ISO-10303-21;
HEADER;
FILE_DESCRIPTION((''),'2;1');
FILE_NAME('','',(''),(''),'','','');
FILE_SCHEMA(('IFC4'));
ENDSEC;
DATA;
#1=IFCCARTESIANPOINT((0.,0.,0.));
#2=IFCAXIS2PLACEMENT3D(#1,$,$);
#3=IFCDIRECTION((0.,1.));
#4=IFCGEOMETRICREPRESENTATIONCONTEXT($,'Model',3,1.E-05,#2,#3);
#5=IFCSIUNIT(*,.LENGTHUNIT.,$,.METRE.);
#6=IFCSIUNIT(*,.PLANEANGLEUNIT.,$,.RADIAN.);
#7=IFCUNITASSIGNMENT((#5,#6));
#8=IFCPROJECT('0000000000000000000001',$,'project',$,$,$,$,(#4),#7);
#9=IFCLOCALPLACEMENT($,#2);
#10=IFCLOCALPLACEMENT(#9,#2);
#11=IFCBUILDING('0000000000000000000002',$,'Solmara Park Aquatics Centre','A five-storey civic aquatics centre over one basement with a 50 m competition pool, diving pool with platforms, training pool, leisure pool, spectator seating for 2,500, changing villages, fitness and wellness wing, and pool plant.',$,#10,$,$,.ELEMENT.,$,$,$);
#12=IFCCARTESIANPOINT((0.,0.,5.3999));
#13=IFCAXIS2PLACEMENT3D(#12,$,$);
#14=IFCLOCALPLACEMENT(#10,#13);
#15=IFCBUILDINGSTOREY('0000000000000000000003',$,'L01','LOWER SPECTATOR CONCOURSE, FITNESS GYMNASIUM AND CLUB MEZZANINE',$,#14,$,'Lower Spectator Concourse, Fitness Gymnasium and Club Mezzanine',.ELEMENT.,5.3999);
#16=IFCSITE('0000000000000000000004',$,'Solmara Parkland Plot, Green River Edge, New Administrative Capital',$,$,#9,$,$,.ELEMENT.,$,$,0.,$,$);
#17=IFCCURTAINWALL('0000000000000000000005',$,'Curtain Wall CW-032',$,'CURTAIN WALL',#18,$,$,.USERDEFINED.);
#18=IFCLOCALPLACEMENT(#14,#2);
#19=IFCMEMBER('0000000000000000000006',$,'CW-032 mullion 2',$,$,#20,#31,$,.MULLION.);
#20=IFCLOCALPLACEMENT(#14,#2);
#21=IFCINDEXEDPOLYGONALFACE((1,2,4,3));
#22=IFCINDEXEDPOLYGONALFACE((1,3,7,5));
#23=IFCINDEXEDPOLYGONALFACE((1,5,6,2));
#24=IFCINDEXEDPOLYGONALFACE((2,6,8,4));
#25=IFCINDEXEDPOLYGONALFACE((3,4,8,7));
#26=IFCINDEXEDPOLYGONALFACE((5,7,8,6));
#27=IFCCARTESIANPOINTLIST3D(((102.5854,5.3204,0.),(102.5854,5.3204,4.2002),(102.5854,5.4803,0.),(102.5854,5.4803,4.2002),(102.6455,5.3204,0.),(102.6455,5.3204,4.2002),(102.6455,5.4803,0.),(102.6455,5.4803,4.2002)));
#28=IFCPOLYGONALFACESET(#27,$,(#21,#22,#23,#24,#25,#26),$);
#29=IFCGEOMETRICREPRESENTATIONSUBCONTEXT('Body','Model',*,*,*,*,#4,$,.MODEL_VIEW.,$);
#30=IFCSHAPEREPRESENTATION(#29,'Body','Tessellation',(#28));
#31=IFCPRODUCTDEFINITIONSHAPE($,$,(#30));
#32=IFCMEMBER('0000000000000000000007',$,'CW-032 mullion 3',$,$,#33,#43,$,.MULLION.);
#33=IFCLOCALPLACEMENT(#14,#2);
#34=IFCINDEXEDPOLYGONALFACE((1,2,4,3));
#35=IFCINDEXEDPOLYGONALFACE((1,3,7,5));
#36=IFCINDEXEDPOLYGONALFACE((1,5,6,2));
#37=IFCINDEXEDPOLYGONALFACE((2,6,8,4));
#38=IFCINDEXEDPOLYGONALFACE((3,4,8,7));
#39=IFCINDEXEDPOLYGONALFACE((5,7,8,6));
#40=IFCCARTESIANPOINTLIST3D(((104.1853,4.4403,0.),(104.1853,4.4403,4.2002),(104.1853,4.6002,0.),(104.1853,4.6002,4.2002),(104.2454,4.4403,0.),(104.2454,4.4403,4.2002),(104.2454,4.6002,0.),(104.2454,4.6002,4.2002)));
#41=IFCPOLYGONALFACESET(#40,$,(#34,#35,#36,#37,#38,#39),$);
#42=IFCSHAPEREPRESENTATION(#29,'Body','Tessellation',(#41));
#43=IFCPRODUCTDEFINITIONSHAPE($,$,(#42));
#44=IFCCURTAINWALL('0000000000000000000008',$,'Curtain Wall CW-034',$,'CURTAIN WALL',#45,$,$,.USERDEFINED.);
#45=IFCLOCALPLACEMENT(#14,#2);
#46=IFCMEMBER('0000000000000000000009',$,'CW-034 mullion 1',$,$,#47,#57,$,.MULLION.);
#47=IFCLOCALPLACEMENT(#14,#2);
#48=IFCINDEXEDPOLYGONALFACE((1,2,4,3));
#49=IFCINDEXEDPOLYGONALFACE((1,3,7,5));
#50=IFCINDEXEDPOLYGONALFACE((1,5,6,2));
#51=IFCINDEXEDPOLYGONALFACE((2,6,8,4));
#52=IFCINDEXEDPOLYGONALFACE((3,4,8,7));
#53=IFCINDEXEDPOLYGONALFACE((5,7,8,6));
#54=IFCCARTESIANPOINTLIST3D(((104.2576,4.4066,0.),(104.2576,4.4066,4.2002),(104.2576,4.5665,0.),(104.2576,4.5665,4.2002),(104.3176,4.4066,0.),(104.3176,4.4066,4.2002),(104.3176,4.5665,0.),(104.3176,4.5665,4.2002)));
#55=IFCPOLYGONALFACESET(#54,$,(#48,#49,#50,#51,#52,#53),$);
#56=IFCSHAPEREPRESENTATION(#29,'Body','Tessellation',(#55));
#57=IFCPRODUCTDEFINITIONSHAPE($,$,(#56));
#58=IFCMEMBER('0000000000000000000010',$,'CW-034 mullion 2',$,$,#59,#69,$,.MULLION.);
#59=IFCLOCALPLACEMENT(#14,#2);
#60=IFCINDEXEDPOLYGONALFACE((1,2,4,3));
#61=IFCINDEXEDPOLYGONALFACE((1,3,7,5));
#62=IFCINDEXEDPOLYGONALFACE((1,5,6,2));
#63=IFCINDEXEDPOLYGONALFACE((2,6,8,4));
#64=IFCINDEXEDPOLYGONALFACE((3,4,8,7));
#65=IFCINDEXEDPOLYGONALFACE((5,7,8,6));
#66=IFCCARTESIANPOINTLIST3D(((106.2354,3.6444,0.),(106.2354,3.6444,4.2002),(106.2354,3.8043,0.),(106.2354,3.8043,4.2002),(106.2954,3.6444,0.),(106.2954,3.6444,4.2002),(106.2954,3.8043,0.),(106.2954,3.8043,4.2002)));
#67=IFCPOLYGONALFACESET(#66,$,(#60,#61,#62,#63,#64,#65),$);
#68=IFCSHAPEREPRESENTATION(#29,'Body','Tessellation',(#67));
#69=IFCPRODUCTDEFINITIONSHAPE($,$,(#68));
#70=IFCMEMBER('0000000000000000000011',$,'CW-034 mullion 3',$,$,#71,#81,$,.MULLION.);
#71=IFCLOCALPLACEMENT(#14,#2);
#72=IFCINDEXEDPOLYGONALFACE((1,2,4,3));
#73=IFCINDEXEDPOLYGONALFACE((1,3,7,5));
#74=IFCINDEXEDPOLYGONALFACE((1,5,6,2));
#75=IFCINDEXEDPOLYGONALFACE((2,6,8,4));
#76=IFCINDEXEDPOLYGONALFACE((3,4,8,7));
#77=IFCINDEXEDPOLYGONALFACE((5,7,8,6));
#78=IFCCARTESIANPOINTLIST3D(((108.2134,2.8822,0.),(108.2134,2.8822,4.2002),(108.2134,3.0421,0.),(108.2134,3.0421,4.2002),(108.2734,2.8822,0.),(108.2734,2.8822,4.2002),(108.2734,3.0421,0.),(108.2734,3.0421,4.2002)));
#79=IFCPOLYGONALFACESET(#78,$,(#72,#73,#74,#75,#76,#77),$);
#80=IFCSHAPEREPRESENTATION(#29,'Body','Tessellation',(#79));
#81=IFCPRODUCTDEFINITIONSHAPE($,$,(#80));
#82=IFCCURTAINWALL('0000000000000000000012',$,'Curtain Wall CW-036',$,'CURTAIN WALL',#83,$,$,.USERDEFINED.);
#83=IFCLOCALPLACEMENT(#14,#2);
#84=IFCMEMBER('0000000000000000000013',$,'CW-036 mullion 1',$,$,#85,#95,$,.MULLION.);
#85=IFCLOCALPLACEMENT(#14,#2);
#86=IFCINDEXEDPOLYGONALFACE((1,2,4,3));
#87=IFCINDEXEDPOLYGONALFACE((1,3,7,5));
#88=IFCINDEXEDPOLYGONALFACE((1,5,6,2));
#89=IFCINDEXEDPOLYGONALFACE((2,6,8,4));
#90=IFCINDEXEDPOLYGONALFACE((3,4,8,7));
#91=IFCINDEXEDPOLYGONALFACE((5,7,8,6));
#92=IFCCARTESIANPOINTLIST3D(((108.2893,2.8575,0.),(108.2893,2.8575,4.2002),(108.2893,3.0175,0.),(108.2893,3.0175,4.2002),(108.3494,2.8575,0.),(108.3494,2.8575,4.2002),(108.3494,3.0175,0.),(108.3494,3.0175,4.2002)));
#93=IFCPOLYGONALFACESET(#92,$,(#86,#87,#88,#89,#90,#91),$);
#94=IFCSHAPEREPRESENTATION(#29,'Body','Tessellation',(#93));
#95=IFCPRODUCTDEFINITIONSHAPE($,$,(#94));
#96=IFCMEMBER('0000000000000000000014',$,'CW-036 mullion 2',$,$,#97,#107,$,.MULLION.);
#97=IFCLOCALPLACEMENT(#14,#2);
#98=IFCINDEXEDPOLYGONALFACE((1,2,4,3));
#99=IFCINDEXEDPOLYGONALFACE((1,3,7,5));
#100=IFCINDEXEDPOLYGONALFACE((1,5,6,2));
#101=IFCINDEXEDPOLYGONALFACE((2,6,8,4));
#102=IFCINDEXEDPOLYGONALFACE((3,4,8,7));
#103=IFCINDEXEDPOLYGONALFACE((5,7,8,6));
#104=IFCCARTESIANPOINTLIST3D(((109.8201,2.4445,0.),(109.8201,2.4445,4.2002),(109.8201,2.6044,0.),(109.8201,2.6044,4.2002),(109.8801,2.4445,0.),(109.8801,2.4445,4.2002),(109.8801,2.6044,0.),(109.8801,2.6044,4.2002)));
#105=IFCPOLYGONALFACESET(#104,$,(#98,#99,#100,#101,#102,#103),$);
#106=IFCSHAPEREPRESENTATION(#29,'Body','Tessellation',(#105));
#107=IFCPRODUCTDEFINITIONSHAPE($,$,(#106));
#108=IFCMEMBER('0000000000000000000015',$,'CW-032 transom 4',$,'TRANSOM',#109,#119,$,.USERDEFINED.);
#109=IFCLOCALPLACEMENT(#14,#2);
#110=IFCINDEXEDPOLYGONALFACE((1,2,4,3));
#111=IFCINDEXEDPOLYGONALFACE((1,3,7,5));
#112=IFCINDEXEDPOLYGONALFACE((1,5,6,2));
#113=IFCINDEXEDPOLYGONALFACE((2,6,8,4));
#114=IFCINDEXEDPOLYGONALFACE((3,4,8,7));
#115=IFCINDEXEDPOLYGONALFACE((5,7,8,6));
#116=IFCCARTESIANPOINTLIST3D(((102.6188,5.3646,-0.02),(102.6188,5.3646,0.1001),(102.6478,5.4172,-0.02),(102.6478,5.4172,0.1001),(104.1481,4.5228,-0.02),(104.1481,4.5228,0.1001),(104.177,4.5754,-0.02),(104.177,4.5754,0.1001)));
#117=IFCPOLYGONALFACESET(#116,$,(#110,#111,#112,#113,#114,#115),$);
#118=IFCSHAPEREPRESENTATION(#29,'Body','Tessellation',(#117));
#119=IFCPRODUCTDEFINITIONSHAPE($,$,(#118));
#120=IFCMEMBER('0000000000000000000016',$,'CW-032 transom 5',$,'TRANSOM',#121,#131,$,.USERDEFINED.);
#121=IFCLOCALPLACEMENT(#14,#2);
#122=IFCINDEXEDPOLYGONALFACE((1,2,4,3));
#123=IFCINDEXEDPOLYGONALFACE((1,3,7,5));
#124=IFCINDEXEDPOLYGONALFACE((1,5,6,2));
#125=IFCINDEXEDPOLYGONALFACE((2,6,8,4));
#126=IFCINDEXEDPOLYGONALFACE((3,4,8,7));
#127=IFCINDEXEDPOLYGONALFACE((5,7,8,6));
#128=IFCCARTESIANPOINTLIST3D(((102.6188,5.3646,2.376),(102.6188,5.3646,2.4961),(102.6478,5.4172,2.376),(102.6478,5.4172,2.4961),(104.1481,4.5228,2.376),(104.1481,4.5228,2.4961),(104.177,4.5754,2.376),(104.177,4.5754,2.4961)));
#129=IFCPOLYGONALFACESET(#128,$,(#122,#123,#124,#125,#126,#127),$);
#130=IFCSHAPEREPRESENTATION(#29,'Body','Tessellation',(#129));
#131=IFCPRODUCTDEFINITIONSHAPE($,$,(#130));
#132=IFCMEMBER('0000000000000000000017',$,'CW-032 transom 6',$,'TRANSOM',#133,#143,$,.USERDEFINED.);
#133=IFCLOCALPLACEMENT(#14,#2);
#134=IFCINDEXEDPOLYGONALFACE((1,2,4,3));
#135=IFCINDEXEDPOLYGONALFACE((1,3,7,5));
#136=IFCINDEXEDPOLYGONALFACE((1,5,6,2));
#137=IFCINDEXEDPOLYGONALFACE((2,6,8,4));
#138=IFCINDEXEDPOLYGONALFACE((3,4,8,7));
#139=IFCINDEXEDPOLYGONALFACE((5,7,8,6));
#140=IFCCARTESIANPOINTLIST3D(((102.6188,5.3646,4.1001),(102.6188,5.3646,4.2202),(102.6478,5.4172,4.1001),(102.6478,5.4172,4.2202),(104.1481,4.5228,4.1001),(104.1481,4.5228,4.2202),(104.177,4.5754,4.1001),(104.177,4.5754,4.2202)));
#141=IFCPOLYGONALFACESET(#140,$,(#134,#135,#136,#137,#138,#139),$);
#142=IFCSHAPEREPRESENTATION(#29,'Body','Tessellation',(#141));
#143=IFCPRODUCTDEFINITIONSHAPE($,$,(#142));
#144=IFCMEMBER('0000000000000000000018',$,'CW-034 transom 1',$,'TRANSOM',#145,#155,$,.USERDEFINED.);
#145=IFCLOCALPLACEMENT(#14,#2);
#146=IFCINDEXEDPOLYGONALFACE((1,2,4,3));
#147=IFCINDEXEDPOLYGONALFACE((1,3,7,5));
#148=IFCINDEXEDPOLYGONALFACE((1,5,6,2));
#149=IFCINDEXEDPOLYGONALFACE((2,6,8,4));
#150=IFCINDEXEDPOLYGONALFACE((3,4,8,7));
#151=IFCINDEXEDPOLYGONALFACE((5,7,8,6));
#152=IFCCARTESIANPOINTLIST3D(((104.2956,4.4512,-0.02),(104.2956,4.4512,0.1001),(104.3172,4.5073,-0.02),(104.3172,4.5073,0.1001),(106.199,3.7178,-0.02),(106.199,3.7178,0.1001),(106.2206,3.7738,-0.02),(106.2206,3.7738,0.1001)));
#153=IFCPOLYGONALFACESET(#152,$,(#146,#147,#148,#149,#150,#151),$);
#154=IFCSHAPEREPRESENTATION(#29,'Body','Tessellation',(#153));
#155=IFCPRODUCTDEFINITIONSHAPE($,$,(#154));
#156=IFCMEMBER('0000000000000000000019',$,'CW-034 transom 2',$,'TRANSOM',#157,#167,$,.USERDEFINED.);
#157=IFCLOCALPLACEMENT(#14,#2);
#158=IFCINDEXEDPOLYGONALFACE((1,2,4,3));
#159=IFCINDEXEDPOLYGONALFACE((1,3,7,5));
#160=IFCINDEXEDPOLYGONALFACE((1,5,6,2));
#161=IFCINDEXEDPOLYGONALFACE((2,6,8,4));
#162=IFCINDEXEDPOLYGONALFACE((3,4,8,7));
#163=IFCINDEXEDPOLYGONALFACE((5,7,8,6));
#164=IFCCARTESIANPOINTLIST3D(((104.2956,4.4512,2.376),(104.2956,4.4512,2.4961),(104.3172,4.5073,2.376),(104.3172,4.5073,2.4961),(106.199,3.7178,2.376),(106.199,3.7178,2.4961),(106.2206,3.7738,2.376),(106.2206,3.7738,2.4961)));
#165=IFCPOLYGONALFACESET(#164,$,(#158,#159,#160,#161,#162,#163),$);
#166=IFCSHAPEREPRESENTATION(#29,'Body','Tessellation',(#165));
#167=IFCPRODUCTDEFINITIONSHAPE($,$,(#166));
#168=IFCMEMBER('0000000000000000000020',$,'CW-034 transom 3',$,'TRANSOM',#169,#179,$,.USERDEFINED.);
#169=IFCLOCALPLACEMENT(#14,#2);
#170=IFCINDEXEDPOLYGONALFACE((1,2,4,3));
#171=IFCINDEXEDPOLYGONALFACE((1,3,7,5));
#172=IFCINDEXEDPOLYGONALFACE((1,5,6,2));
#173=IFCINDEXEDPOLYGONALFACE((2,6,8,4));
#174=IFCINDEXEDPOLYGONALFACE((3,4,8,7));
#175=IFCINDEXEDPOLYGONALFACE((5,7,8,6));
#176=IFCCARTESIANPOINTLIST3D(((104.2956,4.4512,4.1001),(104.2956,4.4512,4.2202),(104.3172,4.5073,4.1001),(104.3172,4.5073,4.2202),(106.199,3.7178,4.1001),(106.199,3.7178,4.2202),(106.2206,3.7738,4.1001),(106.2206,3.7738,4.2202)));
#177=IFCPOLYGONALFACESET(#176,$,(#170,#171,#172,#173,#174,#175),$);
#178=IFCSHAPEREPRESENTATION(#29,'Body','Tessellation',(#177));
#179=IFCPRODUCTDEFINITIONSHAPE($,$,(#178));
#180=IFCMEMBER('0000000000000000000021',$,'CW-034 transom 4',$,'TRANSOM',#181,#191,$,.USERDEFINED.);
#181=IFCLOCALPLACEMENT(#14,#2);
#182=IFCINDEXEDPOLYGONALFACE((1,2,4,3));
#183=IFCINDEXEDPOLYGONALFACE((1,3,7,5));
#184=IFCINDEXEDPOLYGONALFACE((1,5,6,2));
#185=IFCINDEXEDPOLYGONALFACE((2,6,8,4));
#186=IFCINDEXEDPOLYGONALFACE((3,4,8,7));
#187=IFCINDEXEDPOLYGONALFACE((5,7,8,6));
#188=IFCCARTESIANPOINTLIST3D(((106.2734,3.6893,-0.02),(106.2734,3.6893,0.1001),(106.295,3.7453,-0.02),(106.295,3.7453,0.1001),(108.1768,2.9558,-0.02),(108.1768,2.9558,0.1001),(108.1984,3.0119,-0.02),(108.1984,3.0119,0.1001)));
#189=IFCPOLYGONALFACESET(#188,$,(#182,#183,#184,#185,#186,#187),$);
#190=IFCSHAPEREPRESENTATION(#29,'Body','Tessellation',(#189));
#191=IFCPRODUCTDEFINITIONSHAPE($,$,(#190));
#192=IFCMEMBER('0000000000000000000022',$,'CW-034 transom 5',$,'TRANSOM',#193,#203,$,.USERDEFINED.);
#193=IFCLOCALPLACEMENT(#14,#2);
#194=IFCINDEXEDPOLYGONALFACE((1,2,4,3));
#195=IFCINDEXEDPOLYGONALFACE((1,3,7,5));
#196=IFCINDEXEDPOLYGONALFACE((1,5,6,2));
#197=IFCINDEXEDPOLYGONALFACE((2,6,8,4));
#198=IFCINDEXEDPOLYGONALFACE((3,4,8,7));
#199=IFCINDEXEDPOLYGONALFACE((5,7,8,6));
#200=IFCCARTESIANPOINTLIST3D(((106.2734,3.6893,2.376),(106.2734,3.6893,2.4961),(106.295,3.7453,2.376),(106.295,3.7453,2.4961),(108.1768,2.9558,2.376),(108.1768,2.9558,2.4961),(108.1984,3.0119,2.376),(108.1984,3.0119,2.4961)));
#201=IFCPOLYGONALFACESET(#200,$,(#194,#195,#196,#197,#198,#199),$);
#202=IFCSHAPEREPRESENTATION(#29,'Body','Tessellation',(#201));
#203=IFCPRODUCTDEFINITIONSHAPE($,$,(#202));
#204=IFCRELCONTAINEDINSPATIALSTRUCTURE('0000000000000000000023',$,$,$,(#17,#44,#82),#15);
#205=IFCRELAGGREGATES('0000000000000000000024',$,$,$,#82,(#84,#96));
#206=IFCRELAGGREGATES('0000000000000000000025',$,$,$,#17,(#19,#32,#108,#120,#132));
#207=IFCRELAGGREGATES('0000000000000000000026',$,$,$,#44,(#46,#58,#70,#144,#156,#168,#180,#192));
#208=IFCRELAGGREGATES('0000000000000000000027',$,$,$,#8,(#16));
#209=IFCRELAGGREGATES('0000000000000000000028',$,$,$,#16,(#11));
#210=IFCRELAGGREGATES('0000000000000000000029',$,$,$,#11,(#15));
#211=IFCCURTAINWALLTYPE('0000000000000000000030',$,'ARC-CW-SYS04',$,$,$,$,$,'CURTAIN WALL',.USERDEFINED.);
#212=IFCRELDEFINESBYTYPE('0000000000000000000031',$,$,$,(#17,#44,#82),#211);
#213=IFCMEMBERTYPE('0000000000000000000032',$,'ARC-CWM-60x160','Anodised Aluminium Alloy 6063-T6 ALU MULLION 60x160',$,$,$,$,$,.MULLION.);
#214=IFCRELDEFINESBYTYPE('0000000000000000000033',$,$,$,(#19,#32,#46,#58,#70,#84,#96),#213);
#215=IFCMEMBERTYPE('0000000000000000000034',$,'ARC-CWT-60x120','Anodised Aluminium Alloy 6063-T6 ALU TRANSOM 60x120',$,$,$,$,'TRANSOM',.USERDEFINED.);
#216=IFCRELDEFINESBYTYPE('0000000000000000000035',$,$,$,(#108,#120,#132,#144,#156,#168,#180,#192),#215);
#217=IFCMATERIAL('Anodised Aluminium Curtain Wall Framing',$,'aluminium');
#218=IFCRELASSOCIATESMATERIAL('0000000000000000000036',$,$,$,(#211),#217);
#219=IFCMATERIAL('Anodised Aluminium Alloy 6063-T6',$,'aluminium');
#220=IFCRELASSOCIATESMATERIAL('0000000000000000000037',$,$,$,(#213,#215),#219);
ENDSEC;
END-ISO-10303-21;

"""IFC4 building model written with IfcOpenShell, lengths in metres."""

from ifc_helpers import new_model, si_unit, direction, frame, origin, origin_2d, place, context, subcontext, project, spatial, rectangle, extrude, material, material_profile, profile_set, type_object, element, aggregate, save


model = new_model("IFC4")

# Units and contexts
model_context = context("Model", 3, precision=1e-05, world=origin(), true_north=direction((0.0, 1.0)))
body_context = subcontext(model_context, "Body", "Model", "MODEL_VIEW")
ifc_project = project(units=[si_unit("LENGTHUNIT", "METRE"), si_unit("PLANEANGLEUNIT", "RADIAN")], contexts=[model_context])

# Site, building, storey
site_placement = place(None, origin())
site = spatial("IfcSite", under=ifc_project, at=site_placement, Name="Solmara Parkland Plot, Green River Edge, New Administrative Capital", CompositionType="ELEMENT", RefElevation=0.0)
building_placement = place(site_placement, origin())
building = spatial("IfcBuilding", under=site, at=building_placement, Name="Solmara Park Aquatics Centre", Description="A five-storey civic aquatics centre over one basement with a 50 m competition pool, diving pool with platforms, training pool, leisure pool, spectator seating for 2,500, changing villages, fitness and wellness wing, and pool plant.", CompositionType="ELEMENT")
storey_placement = place(building_placement, frame((0.0, 0.0, 5.3999)))
storey = spatial("IfcBuildingStorey", under=building, at=storey_placement, Name="L01", Description="LOWER SPECTATOR CONCOURSE, FITNESS GYMNASIUM AND CLUB MEZZANINE", LongName="Lower Spectator Concourse, Fitness Gymnasium and Club Mezzanine", CompositionType="ELEMENT", Elevation=5.3999)

# Curtain walls, members
ifc_material_1 = material(Name="Anodised Aluminium Curtain Wall Framing", Category="aluminium")
curtain_wall_type = type_object("IfcCurtainWallType", Name="ARC-CW-SYS04", ElementType="CURTAIN WALL", PredefinedType="USERDEFINED", material=ifc_material_1)
curtain_wall_1_placement = place(storey_placement, origin())
curtain_wall_1 = element("IfcCurtainWall", 1, at=curtain_wall_1_placement, inside=storey, type_object=curtain_wall_type, Name="Curtain Wall CW-032", ObjectType="CURTAIN WALL", PredefinedType="USERDEFINED")
ifc_material_2 = material(Name="Anodised Aluminium Alloy 6063-T6", Category="aluminium")
ifc_material_profile_1 = material_profile(ifc_material_2, rectangle(XDim=0.0601, YDim=0.1599, at=origin_2d()), Name="ALU MULLION 60x160")
ifc_profile_set_1 = profile_set([ifc_material_profile_1], Name="Anodised Aluminium Alloy 6063-T6")
member_type_1 = type_object("IfcMemberType", Name="ARC-CWM-60x160", Description="Anodised Aluminium Alloy 6063-T6 ALU MULLION 60x160", PredefinedType="MULLION", material=ifc_profile_set_1)
member_1_placement = place(storey_placement, frame((102.6155, 5.4004, 0.0), z_axis=(0.0, 0.0, 1.0), x_axis=(1.0, 0.0, 0.0)))
member_1 = element("IfcMember", 2, at=member_1_placement, type_object=member_type_1, Name="CW-032 mullion 2", PredefinedType="MULLION", context=body_context, shape_type="SweptSolid", body=[
    extrude(rectangle(XDim=0.0601, YDim=0.1599, at=origin_2d()), origin(), (0.0, 0.0, 1.0), 4.2002),
])
member_2_placement = place(storey_placement, frame((104.2153, 4.5203, 0.0), z_axis=(0.0, 0.0, 1.0), x_axis=(1.0, 0.0, 0.0)))
member_2 = element("IfcMember", 3, at=member_2_placement, type_object=member_type_1, Name="CW-032 mullion 3", PredefinedType="MULLION", context=body_context, shape_type="SweptSolid", body=[
    extrude(rectangle(XDim=0.0601, YDim=0.1599, at=origin_2d()), origin(), (0.0, 0.0, 1.0), 4.2002),
])
curtain_wall_2_placement = place(storey_placement, origin())
curtain_wall_2 = element("IfcCurtainWall", 4, at=curtain_wall_2_placement, inside=storey, type_object=curtain_wall_type, Name="Curtain Wall CW-034", ObjectType="CURTAIN WALL", PredefinedType="USERDEFINED")
member_3_placement = place(storey_placement, frame((104.2876, 4.4866, 0.0), z_axis=(0.0, 0.0, 1.0), x_axis=(1.0, 0.0, 0.0)))
member_3 = element("IfcMember", 5, at=member_3_placement, type_object=member_type_1, Name="CW-034 mullion 1", PredefinedType="MULLION", context=body_context, shape_type="SweptSolid", body=[
    extrude(rectangle(XDim=0.0601, YDim=0.1599, at=origin_2d()), origin(), (0.0, 0.0, 1.0), 4.2002),
])
member_4_placement = place(storey_placement, frame((106.2654, 3.7244, 0.0), z_axis=(0.0, 0.0, 1.0), x_axis=(1.0, 0.0, 0.0)))
member_4 = element("IfcMember", 6, at=member_4_placement, type_object=member_type_1, Name="CW-034 mullion 2", PredefinedType="MULLION", context=body_context, shape_type="SweptSolid", body=[
    extrude(rectangle(XDim=0.0601, YDim=0.1599, at=origin_2d()), origin(), (0.0, 0.0, 1.0), 4.2002),
])
member_5_placement = place(storey_placement, frame((108.2434, 2.9622, 0.0), z_axis=(0.0, 0.0, 1.0), x_axis=(1.0, 0.0, 0.0)))
member_5 = element("IfcMember", 7, at=member_5_placement, type_object=member_type_1, Name="CW-034 mullion 3", PredefinedType="MULLION", context=body_context, shape_type="SweptSolid", body=[
    extrude(rectangle(XDim=0.0601, YDim=0.1599, at=origin_2d()), origin(), (0.0, 0.0, 1.0), 4.2002),
])
curtain_wall_3_placement = place(storey_placement, origin())
curtain_wall_3 = element("IfcCurtainWall", 8, at=curtain_wall_3_placement, inside=storey, type_object=curtain_wall_type, Name="Curtain Wall CW-036", ObjectType="CURTAIN WALL", PredefinedType="USERDEFINED")
member_6_placement = place(storey_placement, frame((108.3193, 2.9375, 0.0), z_axis=(0.0, 0.0, 1.0), x_axis=(1.0, 0.0, 0.0)))
member_6 = element("IfcMember", 9, at=member_6_placement, type_object=member_type_1, Name="CW-036 mullion 1", PredefinedType="MULLION", context=body_context, shape_type="SweptSolid", body=[
    extrude(rectangle(XDim=0.0601, YDim=0.1599, at=origin_2d()), origin(), (0.0, 0.0, 1.0), 4.2002),
])
member_7_placement = place(storey_placement, frame((109.8501, 2.5244, 0.0), z_axis=(0.0, 0.0, 1.0), x_axis=(1.0, 0.0, 0.0)))
member_7 = element("IfcMember", 10, at=member_7_placement, type_object=member_type_1, Name="CW-036 mullion 2", PredefinedType="MULLION", context=body_context, shape_type="SweptSolid", body=[
    extrude(rectangle(XDim=0.0601, YDim=0.1599, at=origin_2d()), origin(), (0.0, 0.0, 1.0), 4.2002),
])

# Members
ifc_material_profile_2 = material_profile(ifc_material_2, rectangle(XDim=0.0601, YDim=0.1201, at=origin_2d()), Name="ALU TRANSOM 60x120")
ifc_profile_set_2 = profile_set([ifc_material_profile_2], Name="Anodised Aluminium Alloy 6063-T6")
member_type_2 = type_object("IfcMemberType", Name="ARC-CWT-60x120", Description="Anodised Aluminium Alloy 6063-T6 ALU TRANSOM 60x120", ElementType="TRANSOM", PredefinedType="USERDEFINED", material=ifc_profile_set_2)
member_8_placement = place(storey_placement, frame((102.6333, 5.3909, 0.04), z_axis=(0.876051, -0.482219, 0.0), x_axis=(0.482219, 0.876051, 0.0)))
member_8 = element("IfcMember", 11, at=member_8_placement, type_object=member_type_2, Name="CW-032 transom 4", ObjectType="TRANSOM", PredefinedType="USERDEFINED", context=body_context, shape_type="SweptSolid", body=[
    extrude(rectangle(XDim=0.0601, YDim=0.1201, at=origin_2d()), origin(), (0.0, 0.0, 1.0), 1.7456),
])
member_9_placement = place(storey_placement, frame((102.6333, 5.3909, 2.436), z_axis=(0.876051, -0.482219, 0.0), x_axis=(0.482219, 0.876051, 0.0)))
member_9 = element("IfcMember", 12, at=member_9_placement, type_object=member_type_2, Name="CW-032 transom 5", ObjectType="TRANSOM", PredefinedType="USERDEFINED", context=body_context, shape_type="SweptSolid", body=[
    extrude(rectangle(XDim=0.0601, YDim=0.1201, at=origin_2d()), origin(), (0.0, 0.0, 1.0), 1.7456),
])
member_10_placement = place(storey_placement, frame((102.6333, 5.3909, 4.1602), z_axis=(0.876051, -0.482219, 0.0), x_axis=(0.482219, 0.876051, 0.0)))
member_10 = element("IfcMember", 13, at=member_10_placement, type_object=member_type_2, Name="CW-032 transom 6", ObjectType="TRANSOM", PredefinedType="USERDEFINED", context=body_context, shape_type="SweptSolid", body=[
    extrude(rectangle(XDim=0.0601, YDim=0.1201, at=origin_2d()), origin(), (0.0, 0.0, 1.0), 1.7456),
])
member_11_placement = place(storey_placement, frame((104.3064, 4.4792, 0.04), z_axis=(0.933123, -0.359556, 0.0), x_axis=(0.359556, 0.933123, 0.0)))
member_11 = element("IfcMember", 14, at=member_11_placement, type_object=member_type_2, Name="CW-034 transom 1", ObjectType="TRANSOM", PredefinedType="USERDEFINED", context=body_context, shape_type="SweptSolid", body=[
    extrude(rectangle(XDim=0.0601, YDim=0.1201, at=origin_2d()), origin(), (0.0, 0.0, 1.0), 2.0398),
])
member_12_placement = place(storey_placement, frame((104.3064, 4.4792, 2.436), z_axis=(0.933123, -0.359556, 0.0), x_axis=(0.359556, 0.933123, 0.0)))
member_12 = element("IfcMember", 15, at=member_12_placement, type_object=member_type_2, Name="CW-034 transom 2", ObjectType="TRANSOM", PredefinedType="USERDEFINED", context=body_context, shape_type="SweptSolid", body=[
    extrude(rectangle(XDim=0.0601, YDim=0.1201, at=origin_2d()), origin(), (0.0, 0.0, 1.0), 2.0398),
])
member_13_placement = place(storey_placement, frame((104.3064, 4.4792, 4.1602), z_axis=(0.933123, -0.359556, 0.0), x_axis=(0.359556, 0.933123, 0.0)))
member_13 = element("IfcMember", 16, at=member_13_placement, type_object=member_type_2, Name="CW-034 transom 3", ObjectType="TRANSOM", PredefinedType="USERDEFINED", context=body_context, shape_type="SweptSolid", body=[
    extrude(rectangle(XDim=0.0601, YDim=0.1201, at=origin_2d()), origin(), (0.0, 0.0, 1.0), 2.0398),
])
member_14_placement = place(storey_placement, frame((106.2842, 3.7173, 0.04), z_axis=(0.933123, -0.359556, 0.0), x_axis=(0.359556, 0.933123, 0.0)))
member_14 = element("IfcMember", 17, at=member_14_placement, type_object=member_type_2, Name="CW-034 transom 4", ObjectType="TRANSOM", PredefinedType="USERDEFINED", context=body_context, shape_type="SweptSolid", body=[
    extrude(rectangle(XDim=0.0601, YDim=0.1201, at=origin_2d()), origin(), (0.0, 0.0, 1.0), 2.0398),
])
member_15_placement = place(storey_placement, frame((106.2842, 3.7173, 2.436), z_axis=(0.933123, -0.359556, 0.0), x_axis=(0.359556, 0.933123, 0.0)))
member_15 = element("IfcMember", 18, at=member_15_placement, type_object=member_type_2, Name="CW-034 transom 5", ObjectType="TRANSOM", PredefinedType="USERDEFINED", context=body_context, shape_type="SweptSolid", body=[
    extrude(rectangle(XDim=0.0601, YDim=0.1201, at=origin_2d()), origin(), (0.0, 0.0, 1.0), 2.0398),
])

aggregate(curtain_wall_3, [member_6, member_7])
aggregate(curtain_wall_1, [member_1, member_2, member_8, member_9, member_10])
aggregate(curtain_wall_2, [member_3, member_4, member_5, member_11, member_12, member_13, member_14, member_15])

save(model, "model.ifc")
